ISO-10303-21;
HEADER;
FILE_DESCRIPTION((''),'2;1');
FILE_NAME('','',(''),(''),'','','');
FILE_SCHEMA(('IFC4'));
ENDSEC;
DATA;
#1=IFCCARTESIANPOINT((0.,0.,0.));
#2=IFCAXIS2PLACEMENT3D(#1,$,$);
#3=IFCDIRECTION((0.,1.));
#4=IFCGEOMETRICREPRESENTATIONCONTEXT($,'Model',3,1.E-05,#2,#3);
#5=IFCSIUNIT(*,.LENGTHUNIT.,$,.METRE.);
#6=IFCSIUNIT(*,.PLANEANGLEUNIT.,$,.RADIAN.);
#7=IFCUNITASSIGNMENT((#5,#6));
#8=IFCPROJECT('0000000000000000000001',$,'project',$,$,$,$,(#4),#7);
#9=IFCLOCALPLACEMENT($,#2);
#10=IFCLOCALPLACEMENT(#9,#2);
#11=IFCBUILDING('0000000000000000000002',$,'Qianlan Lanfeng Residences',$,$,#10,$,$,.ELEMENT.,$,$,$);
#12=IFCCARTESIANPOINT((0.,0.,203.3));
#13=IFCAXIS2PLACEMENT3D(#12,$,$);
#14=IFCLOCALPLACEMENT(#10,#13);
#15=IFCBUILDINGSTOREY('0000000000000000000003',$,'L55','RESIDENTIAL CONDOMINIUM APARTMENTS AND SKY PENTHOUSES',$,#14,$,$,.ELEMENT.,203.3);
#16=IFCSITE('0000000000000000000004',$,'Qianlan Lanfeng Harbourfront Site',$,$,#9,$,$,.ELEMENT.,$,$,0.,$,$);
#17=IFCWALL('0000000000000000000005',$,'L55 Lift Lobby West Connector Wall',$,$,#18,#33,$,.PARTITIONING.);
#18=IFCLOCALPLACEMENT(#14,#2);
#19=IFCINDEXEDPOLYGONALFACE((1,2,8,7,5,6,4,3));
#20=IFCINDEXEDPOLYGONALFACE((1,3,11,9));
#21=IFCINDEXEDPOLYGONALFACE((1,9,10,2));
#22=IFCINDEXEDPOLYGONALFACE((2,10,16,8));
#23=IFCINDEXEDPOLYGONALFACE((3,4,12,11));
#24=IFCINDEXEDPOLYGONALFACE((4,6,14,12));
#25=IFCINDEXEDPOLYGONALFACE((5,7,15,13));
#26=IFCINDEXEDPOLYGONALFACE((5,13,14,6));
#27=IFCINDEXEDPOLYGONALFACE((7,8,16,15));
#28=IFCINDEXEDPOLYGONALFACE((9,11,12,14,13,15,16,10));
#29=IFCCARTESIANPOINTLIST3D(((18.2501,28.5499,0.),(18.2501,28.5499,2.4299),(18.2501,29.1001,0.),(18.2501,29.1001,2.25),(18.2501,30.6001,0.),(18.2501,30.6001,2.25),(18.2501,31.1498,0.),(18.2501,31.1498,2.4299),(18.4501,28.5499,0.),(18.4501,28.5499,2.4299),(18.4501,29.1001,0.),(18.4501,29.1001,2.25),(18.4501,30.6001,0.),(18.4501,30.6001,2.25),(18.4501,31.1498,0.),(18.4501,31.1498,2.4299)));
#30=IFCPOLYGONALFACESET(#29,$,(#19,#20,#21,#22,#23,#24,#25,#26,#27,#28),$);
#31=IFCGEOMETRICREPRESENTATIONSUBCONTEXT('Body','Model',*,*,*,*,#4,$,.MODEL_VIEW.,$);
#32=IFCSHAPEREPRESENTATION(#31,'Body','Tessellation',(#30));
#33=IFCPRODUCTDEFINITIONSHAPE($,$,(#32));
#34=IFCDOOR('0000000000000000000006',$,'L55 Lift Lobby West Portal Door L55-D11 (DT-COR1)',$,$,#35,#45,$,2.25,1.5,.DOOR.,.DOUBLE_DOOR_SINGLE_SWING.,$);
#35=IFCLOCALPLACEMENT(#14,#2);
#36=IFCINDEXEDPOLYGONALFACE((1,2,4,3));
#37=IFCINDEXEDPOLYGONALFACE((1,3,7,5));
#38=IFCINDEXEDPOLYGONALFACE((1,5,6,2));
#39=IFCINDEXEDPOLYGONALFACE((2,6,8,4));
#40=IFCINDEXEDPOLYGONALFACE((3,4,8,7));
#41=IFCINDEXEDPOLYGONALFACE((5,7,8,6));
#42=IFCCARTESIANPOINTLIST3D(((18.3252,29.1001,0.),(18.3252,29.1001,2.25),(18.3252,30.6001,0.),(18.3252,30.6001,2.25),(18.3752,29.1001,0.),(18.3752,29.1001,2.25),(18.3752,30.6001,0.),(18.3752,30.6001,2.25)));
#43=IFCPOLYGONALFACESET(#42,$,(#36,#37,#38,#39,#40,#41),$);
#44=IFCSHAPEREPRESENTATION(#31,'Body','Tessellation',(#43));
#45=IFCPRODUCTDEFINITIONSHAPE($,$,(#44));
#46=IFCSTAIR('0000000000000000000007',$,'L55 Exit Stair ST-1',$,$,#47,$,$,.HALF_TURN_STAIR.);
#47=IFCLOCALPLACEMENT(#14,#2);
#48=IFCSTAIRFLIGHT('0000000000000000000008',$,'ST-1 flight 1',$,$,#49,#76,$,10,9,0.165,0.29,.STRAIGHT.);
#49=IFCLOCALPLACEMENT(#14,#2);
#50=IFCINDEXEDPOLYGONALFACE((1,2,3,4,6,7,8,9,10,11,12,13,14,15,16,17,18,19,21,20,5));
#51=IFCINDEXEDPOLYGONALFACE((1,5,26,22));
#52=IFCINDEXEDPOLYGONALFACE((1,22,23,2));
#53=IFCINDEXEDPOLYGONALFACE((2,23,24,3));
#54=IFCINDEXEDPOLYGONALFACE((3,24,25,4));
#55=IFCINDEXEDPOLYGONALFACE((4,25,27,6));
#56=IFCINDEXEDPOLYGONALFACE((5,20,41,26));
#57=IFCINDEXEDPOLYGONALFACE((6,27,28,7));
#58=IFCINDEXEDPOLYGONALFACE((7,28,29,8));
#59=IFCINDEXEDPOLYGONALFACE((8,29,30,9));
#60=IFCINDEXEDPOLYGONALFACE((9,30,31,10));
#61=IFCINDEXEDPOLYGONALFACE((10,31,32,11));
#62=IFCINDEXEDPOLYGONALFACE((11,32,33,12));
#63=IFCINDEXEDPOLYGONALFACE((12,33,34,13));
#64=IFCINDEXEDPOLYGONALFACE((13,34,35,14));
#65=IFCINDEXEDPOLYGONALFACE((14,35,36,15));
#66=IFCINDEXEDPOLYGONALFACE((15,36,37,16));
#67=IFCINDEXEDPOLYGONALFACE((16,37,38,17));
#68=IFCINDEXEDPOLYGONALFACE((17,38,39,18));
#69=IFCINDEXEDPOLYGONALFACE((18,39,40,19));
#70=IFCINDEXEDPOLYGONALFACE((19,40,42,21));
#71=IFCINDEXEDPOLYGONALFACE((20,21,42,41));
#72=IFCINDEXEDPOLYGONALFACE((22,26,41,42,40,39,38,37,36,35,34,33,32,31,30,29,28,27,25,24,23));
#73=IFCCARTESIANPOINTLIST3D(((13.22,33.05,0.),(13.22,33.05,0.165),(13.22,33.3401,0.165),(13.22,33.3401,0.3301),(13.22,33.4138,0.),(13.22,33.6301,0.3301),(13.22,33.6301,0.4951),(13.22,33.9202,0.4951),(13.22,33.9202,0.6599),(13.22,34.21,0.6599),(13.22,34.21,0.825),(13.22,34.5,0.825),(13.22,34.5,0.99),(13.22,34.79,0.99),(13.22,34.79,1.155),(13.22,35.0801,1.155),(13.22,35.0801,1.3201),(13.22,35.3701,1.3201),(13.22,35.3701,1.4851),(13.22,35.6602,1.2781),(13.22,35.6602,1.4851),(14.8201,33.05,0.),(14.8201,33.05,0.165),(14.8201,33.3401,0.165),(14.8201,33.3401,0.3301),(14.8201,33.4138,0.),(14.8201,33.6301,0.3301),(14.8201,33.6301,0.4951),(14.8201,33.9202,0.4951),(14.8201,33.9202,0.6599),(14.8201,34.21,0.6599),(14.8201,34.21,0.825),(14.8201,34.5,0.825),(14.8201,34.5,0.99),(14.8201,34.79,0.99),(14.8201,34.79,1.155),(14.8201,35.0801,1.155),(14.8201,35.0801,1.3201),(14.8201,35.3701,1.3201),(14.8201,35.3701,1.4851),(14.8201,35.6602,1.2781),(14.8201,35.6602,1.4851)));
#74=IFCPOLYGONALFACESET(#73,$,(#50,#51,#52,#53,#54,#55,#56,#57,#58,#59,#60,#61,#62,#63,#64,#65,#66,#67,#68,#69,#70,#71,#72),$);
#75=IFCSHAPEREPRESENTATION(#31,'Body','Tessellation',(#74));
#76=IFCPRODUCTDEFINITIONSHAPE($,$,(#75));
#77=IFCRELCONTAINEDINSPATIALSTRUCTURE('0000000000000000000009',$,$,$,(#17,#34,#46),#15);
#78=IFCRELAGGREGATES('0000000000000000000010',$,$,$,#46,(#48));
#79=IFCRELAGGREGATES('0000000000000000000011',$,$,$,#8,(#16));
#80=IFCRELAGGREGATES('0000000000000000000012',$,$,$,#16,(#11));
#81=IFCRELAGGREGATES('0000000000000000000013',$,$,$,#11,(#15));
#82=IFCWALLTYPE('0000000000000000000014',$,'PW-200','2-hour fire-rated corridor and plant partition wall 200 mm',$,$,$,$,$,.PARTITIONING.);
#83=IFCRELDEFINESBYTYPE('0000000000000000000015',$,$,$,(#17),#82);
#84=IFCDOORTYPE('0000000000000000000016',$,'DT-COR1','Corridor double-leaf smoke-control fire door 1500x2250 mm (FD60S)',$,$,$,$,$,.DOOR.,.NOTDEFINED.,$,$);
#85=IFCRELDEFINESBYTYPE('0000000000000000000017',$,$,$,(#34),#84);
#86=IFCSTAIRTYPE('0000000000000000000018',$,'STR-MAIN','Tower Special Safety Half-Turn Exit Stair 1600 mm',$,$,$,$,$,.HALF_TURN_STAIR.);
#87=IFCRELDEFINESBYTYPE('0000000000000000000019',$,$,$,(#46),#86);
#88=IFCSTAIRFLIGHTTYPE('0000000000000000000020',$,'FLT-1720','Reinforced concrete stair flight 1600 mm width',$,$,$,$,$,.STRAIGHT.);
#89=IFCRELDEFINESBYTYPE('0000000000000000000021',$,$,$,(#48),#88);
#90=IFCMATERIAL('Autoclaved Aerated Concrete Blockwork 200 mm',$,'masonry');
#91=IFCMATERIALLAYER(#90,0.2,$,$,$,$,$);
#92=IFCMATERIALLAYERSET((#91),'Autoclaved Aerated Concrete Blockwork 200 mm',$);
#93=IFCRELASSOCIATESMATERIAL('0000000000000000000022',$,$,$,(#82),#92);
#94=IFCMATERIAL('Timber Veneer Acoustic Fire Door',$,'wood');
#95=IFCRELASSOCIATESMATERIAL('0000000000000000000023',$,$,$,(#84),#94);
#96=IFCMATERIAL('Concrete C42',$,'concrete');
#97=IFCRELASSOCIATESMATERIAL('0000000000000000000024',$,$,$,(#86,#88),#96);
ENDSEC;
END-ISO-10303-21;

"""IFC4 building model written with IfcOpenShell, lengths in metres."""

from ifc_helpers import new_model, si_unit, direction, frame, frame_2d, origin, place, context, subcontext, project, spatial, polyline, rectangle, outline, extrude, material, layer, layer_set, type_object, element, fill, aggregate, save


model = new_model("IFC4")

# Units and contexts
model_context = context("Model", 3, precision=1e-05, world=origin(), true_north=direction((0.0, 1.0)))
body_context = subcontext(model_context, "Body", "Model", "MODEL_VIEW")
ifc_project = project(units=[si_unit("LENGTHUNIT", "METRE"), si_unit("PLANEANGLEUNIT", "RADIAN")], contexts=[model_context])

# Site, building, storey
site_placement = place(None, origin())
site = spatial("IfcSite", under=ifc_project, at=site_placement, Name="Qianlan Lanfeng Harbourfront Site", CompositionType="ELEMENT", RefElevation=0.0)
building_placement = place(site_placement, origin())
building = spatial("IfcBuilding", under=site, at=building_placement, Name="Qianlan Lanfeng Residences", CompositionType="ELEMENT")
storey_placement = place(building_placement, frame((0.0, 0.0, 203.3)))
storey = spatial("IfcBuildingStorey", under=building, at=storey_placement, Name="L55", Description="RESIDENTIAL CONDOMINIUM APARTMENTS AND SKY PENTHOUSES", CompositionType="ELEMENT", Elevation=203.3)

# Wall, opening, door
ifc_material_1 = material(Name="Autoclaved Aerated Concrete Blockwork 200 mm", Category="masonry")
ifc_layer_1 = layer(ifc_material_1, 0.2)
ifc_layer_set_1 = layer_set([ifc_layer_1], Name="Autoclaved Aerated Concrete Blockwork 200 mm")
wall_type_1 = type_object("IfcWallType", Name="PW-200", Description="2-hour fire-rated corridor and plant partition wall 200 mm", PredefinedType="PARTITIONING", material=ifc_layer_set_1)
wall_1_placement = place(storey_placement, frame((18.3501, 28.55, 0.0), z_axis=(0.0, 0.0, 1.0), x_axis=(0.0, 1.0, 0.0)))
wall_1 = element("IfcWall", 1, at=wall_1_placement, inside=storey, type_object=wall_type_1, Name="L55 Lift Lobby West Connector Wall", PredefinedType="PARTITIONING", context=body_context, shape_type="SweptSolid", body=[
    extrude(rectangle(XDim=2.5999, YDim=0.2, at=frame_2d((1.2998, 0.0))), origin(), (0.0, 0.0, 1.0), 2.4299),
])
opening_1_placement = place(wall_1_placement, frame((0.55, 0.0, 0.0)))
opening_1 = element("IfcOpeningElement", 2, at=opening_1_placement, cuts=wall_1, PredefinedType="OPENING", context=body_context, shape_type="SweptSolid", body=[
    extrude(rectangle(XDim=1.5, YDim=2.25, at=frame_2d((0.75, 1.125))), frame((0.0, 0.1099, 0.0), z_axis=(0.0, -1.0, 0.0), x_axis=(1.0, 0.0, 0.0)), (0.0, 0.0, 1.0), 0.22),
])
ifc_material_2 = material(Name="Timber Veneer Acoustic Fire Door", Category="wood")
door_type_1 = type_object("IfcDoorType", Name="DT-COR1", Description="Corridor double-leaf smoke-control fire door 1500x2250 mm (FD60S)", OperationType="NOTDEFINED", PredefinedType="DOOR", material=ifc_material_2)
door_1_placement = place(opening_1_placement, origin())
door_1 = element("IfcDoor", 3, at=door_1_placement, inside=storey, type_object=door_type_1, Name="L55 Lift Lobby West Portal Door L55-D11 (DT-COR1)", OperationType="DOUBLE_DOOR_SINGLE_SWING", OverallHeight=2.25, OverallWidth=1.5, PredefinedType="DOOR", context=body_context, shape_type="SweptSolid", body=[
    extrude(rectangle(XDim=1.5, YDim=2.25, at=frame_2d((0.75, 1.125))), frame((0.0, 0.0249, 0.0), z_axis=(0.0, -1.0, 0.0), x_axis=(1.0, 0.0, 0.0)), (0.0, 0.0, 1.0), 0.05),
])
fill(opening_1, door_1)

# Stair, stair flight
ifc_material_3 = material(Name="Concrete C42", Category="concrete")
stair_type = type_object("IfcStairType", Name="STR-MAIN", Description="Tower Special Safety Half-Turn Exit Stair 1600 mm", PredefinedType="HALF_TURN_STAIR", material=ifc_material_3)
stair_placement = place(storey_placement, origin())
stair = element("IfcStair", 4, at=stair_placement, inside=storey, type_object=stair_type, Name="L55 Exit Stair ST-1", PredefinedType="HALF_TURN_STAIR")
stair_flight_type = type_object("IfcStairFlightType", Name="FLT-1720", Description="Reinforced concrete stair flight 1600 mm width", PredefinedType="STRAIGHT", material=ifc_material_3)
stair_flight_placement = place(storey_placement, frame((14.02, 33.05, 0.0), z_axis=(0.0, 0.0, 1.0), x_axis=(0.0, 1.0, 0.0)))
stair_flight = element("IfcStairFlight", 5, at=stair_flight_placement, type_object=stair_flight_type, Name="ST-1 flight 1", NumberOfRisers=10, NumberOfTreads=9, PredefinedType="STRAIGHT", RiserHeight=0.165, TreadLength=0.29, context=body_context, shape_type="SweptSolid", body=[
    extrude(outline(polyline([(0.0, 0.0), (0.0, 0.165), (0.29, 0.165), (0.29, 0.3301), (0.5801, 0.3301), (0.5801, 0.4951), (0.8701, 0.4951), (0.8701, 0.6599), (1.1599, 0.6599), (1.1599, 0.825), (1.45, 0.825), (1.45, 0.99), (1.74, 0.99), (1.74, 1.155), (2.03, 1.155), (2.03, 1.3201), (2.3201, 1.3201), (2.3201, 1.4851), (2.6101, 1.4851), (2.6101, 1.6499), (2.6101, 1.2781), (0.3638, 0.0), (0.0, 0.0)])), frame((0.0, 0.8, 0.0), z_axis=(0.0, -1.0, 0.0), x_axis=(1.0, 0.0, 0.0)), (0.0, 0.0, 1.0), 1.6001),
])
aggregate(stair, [stair_flight])

save(model, "model.ifc")
